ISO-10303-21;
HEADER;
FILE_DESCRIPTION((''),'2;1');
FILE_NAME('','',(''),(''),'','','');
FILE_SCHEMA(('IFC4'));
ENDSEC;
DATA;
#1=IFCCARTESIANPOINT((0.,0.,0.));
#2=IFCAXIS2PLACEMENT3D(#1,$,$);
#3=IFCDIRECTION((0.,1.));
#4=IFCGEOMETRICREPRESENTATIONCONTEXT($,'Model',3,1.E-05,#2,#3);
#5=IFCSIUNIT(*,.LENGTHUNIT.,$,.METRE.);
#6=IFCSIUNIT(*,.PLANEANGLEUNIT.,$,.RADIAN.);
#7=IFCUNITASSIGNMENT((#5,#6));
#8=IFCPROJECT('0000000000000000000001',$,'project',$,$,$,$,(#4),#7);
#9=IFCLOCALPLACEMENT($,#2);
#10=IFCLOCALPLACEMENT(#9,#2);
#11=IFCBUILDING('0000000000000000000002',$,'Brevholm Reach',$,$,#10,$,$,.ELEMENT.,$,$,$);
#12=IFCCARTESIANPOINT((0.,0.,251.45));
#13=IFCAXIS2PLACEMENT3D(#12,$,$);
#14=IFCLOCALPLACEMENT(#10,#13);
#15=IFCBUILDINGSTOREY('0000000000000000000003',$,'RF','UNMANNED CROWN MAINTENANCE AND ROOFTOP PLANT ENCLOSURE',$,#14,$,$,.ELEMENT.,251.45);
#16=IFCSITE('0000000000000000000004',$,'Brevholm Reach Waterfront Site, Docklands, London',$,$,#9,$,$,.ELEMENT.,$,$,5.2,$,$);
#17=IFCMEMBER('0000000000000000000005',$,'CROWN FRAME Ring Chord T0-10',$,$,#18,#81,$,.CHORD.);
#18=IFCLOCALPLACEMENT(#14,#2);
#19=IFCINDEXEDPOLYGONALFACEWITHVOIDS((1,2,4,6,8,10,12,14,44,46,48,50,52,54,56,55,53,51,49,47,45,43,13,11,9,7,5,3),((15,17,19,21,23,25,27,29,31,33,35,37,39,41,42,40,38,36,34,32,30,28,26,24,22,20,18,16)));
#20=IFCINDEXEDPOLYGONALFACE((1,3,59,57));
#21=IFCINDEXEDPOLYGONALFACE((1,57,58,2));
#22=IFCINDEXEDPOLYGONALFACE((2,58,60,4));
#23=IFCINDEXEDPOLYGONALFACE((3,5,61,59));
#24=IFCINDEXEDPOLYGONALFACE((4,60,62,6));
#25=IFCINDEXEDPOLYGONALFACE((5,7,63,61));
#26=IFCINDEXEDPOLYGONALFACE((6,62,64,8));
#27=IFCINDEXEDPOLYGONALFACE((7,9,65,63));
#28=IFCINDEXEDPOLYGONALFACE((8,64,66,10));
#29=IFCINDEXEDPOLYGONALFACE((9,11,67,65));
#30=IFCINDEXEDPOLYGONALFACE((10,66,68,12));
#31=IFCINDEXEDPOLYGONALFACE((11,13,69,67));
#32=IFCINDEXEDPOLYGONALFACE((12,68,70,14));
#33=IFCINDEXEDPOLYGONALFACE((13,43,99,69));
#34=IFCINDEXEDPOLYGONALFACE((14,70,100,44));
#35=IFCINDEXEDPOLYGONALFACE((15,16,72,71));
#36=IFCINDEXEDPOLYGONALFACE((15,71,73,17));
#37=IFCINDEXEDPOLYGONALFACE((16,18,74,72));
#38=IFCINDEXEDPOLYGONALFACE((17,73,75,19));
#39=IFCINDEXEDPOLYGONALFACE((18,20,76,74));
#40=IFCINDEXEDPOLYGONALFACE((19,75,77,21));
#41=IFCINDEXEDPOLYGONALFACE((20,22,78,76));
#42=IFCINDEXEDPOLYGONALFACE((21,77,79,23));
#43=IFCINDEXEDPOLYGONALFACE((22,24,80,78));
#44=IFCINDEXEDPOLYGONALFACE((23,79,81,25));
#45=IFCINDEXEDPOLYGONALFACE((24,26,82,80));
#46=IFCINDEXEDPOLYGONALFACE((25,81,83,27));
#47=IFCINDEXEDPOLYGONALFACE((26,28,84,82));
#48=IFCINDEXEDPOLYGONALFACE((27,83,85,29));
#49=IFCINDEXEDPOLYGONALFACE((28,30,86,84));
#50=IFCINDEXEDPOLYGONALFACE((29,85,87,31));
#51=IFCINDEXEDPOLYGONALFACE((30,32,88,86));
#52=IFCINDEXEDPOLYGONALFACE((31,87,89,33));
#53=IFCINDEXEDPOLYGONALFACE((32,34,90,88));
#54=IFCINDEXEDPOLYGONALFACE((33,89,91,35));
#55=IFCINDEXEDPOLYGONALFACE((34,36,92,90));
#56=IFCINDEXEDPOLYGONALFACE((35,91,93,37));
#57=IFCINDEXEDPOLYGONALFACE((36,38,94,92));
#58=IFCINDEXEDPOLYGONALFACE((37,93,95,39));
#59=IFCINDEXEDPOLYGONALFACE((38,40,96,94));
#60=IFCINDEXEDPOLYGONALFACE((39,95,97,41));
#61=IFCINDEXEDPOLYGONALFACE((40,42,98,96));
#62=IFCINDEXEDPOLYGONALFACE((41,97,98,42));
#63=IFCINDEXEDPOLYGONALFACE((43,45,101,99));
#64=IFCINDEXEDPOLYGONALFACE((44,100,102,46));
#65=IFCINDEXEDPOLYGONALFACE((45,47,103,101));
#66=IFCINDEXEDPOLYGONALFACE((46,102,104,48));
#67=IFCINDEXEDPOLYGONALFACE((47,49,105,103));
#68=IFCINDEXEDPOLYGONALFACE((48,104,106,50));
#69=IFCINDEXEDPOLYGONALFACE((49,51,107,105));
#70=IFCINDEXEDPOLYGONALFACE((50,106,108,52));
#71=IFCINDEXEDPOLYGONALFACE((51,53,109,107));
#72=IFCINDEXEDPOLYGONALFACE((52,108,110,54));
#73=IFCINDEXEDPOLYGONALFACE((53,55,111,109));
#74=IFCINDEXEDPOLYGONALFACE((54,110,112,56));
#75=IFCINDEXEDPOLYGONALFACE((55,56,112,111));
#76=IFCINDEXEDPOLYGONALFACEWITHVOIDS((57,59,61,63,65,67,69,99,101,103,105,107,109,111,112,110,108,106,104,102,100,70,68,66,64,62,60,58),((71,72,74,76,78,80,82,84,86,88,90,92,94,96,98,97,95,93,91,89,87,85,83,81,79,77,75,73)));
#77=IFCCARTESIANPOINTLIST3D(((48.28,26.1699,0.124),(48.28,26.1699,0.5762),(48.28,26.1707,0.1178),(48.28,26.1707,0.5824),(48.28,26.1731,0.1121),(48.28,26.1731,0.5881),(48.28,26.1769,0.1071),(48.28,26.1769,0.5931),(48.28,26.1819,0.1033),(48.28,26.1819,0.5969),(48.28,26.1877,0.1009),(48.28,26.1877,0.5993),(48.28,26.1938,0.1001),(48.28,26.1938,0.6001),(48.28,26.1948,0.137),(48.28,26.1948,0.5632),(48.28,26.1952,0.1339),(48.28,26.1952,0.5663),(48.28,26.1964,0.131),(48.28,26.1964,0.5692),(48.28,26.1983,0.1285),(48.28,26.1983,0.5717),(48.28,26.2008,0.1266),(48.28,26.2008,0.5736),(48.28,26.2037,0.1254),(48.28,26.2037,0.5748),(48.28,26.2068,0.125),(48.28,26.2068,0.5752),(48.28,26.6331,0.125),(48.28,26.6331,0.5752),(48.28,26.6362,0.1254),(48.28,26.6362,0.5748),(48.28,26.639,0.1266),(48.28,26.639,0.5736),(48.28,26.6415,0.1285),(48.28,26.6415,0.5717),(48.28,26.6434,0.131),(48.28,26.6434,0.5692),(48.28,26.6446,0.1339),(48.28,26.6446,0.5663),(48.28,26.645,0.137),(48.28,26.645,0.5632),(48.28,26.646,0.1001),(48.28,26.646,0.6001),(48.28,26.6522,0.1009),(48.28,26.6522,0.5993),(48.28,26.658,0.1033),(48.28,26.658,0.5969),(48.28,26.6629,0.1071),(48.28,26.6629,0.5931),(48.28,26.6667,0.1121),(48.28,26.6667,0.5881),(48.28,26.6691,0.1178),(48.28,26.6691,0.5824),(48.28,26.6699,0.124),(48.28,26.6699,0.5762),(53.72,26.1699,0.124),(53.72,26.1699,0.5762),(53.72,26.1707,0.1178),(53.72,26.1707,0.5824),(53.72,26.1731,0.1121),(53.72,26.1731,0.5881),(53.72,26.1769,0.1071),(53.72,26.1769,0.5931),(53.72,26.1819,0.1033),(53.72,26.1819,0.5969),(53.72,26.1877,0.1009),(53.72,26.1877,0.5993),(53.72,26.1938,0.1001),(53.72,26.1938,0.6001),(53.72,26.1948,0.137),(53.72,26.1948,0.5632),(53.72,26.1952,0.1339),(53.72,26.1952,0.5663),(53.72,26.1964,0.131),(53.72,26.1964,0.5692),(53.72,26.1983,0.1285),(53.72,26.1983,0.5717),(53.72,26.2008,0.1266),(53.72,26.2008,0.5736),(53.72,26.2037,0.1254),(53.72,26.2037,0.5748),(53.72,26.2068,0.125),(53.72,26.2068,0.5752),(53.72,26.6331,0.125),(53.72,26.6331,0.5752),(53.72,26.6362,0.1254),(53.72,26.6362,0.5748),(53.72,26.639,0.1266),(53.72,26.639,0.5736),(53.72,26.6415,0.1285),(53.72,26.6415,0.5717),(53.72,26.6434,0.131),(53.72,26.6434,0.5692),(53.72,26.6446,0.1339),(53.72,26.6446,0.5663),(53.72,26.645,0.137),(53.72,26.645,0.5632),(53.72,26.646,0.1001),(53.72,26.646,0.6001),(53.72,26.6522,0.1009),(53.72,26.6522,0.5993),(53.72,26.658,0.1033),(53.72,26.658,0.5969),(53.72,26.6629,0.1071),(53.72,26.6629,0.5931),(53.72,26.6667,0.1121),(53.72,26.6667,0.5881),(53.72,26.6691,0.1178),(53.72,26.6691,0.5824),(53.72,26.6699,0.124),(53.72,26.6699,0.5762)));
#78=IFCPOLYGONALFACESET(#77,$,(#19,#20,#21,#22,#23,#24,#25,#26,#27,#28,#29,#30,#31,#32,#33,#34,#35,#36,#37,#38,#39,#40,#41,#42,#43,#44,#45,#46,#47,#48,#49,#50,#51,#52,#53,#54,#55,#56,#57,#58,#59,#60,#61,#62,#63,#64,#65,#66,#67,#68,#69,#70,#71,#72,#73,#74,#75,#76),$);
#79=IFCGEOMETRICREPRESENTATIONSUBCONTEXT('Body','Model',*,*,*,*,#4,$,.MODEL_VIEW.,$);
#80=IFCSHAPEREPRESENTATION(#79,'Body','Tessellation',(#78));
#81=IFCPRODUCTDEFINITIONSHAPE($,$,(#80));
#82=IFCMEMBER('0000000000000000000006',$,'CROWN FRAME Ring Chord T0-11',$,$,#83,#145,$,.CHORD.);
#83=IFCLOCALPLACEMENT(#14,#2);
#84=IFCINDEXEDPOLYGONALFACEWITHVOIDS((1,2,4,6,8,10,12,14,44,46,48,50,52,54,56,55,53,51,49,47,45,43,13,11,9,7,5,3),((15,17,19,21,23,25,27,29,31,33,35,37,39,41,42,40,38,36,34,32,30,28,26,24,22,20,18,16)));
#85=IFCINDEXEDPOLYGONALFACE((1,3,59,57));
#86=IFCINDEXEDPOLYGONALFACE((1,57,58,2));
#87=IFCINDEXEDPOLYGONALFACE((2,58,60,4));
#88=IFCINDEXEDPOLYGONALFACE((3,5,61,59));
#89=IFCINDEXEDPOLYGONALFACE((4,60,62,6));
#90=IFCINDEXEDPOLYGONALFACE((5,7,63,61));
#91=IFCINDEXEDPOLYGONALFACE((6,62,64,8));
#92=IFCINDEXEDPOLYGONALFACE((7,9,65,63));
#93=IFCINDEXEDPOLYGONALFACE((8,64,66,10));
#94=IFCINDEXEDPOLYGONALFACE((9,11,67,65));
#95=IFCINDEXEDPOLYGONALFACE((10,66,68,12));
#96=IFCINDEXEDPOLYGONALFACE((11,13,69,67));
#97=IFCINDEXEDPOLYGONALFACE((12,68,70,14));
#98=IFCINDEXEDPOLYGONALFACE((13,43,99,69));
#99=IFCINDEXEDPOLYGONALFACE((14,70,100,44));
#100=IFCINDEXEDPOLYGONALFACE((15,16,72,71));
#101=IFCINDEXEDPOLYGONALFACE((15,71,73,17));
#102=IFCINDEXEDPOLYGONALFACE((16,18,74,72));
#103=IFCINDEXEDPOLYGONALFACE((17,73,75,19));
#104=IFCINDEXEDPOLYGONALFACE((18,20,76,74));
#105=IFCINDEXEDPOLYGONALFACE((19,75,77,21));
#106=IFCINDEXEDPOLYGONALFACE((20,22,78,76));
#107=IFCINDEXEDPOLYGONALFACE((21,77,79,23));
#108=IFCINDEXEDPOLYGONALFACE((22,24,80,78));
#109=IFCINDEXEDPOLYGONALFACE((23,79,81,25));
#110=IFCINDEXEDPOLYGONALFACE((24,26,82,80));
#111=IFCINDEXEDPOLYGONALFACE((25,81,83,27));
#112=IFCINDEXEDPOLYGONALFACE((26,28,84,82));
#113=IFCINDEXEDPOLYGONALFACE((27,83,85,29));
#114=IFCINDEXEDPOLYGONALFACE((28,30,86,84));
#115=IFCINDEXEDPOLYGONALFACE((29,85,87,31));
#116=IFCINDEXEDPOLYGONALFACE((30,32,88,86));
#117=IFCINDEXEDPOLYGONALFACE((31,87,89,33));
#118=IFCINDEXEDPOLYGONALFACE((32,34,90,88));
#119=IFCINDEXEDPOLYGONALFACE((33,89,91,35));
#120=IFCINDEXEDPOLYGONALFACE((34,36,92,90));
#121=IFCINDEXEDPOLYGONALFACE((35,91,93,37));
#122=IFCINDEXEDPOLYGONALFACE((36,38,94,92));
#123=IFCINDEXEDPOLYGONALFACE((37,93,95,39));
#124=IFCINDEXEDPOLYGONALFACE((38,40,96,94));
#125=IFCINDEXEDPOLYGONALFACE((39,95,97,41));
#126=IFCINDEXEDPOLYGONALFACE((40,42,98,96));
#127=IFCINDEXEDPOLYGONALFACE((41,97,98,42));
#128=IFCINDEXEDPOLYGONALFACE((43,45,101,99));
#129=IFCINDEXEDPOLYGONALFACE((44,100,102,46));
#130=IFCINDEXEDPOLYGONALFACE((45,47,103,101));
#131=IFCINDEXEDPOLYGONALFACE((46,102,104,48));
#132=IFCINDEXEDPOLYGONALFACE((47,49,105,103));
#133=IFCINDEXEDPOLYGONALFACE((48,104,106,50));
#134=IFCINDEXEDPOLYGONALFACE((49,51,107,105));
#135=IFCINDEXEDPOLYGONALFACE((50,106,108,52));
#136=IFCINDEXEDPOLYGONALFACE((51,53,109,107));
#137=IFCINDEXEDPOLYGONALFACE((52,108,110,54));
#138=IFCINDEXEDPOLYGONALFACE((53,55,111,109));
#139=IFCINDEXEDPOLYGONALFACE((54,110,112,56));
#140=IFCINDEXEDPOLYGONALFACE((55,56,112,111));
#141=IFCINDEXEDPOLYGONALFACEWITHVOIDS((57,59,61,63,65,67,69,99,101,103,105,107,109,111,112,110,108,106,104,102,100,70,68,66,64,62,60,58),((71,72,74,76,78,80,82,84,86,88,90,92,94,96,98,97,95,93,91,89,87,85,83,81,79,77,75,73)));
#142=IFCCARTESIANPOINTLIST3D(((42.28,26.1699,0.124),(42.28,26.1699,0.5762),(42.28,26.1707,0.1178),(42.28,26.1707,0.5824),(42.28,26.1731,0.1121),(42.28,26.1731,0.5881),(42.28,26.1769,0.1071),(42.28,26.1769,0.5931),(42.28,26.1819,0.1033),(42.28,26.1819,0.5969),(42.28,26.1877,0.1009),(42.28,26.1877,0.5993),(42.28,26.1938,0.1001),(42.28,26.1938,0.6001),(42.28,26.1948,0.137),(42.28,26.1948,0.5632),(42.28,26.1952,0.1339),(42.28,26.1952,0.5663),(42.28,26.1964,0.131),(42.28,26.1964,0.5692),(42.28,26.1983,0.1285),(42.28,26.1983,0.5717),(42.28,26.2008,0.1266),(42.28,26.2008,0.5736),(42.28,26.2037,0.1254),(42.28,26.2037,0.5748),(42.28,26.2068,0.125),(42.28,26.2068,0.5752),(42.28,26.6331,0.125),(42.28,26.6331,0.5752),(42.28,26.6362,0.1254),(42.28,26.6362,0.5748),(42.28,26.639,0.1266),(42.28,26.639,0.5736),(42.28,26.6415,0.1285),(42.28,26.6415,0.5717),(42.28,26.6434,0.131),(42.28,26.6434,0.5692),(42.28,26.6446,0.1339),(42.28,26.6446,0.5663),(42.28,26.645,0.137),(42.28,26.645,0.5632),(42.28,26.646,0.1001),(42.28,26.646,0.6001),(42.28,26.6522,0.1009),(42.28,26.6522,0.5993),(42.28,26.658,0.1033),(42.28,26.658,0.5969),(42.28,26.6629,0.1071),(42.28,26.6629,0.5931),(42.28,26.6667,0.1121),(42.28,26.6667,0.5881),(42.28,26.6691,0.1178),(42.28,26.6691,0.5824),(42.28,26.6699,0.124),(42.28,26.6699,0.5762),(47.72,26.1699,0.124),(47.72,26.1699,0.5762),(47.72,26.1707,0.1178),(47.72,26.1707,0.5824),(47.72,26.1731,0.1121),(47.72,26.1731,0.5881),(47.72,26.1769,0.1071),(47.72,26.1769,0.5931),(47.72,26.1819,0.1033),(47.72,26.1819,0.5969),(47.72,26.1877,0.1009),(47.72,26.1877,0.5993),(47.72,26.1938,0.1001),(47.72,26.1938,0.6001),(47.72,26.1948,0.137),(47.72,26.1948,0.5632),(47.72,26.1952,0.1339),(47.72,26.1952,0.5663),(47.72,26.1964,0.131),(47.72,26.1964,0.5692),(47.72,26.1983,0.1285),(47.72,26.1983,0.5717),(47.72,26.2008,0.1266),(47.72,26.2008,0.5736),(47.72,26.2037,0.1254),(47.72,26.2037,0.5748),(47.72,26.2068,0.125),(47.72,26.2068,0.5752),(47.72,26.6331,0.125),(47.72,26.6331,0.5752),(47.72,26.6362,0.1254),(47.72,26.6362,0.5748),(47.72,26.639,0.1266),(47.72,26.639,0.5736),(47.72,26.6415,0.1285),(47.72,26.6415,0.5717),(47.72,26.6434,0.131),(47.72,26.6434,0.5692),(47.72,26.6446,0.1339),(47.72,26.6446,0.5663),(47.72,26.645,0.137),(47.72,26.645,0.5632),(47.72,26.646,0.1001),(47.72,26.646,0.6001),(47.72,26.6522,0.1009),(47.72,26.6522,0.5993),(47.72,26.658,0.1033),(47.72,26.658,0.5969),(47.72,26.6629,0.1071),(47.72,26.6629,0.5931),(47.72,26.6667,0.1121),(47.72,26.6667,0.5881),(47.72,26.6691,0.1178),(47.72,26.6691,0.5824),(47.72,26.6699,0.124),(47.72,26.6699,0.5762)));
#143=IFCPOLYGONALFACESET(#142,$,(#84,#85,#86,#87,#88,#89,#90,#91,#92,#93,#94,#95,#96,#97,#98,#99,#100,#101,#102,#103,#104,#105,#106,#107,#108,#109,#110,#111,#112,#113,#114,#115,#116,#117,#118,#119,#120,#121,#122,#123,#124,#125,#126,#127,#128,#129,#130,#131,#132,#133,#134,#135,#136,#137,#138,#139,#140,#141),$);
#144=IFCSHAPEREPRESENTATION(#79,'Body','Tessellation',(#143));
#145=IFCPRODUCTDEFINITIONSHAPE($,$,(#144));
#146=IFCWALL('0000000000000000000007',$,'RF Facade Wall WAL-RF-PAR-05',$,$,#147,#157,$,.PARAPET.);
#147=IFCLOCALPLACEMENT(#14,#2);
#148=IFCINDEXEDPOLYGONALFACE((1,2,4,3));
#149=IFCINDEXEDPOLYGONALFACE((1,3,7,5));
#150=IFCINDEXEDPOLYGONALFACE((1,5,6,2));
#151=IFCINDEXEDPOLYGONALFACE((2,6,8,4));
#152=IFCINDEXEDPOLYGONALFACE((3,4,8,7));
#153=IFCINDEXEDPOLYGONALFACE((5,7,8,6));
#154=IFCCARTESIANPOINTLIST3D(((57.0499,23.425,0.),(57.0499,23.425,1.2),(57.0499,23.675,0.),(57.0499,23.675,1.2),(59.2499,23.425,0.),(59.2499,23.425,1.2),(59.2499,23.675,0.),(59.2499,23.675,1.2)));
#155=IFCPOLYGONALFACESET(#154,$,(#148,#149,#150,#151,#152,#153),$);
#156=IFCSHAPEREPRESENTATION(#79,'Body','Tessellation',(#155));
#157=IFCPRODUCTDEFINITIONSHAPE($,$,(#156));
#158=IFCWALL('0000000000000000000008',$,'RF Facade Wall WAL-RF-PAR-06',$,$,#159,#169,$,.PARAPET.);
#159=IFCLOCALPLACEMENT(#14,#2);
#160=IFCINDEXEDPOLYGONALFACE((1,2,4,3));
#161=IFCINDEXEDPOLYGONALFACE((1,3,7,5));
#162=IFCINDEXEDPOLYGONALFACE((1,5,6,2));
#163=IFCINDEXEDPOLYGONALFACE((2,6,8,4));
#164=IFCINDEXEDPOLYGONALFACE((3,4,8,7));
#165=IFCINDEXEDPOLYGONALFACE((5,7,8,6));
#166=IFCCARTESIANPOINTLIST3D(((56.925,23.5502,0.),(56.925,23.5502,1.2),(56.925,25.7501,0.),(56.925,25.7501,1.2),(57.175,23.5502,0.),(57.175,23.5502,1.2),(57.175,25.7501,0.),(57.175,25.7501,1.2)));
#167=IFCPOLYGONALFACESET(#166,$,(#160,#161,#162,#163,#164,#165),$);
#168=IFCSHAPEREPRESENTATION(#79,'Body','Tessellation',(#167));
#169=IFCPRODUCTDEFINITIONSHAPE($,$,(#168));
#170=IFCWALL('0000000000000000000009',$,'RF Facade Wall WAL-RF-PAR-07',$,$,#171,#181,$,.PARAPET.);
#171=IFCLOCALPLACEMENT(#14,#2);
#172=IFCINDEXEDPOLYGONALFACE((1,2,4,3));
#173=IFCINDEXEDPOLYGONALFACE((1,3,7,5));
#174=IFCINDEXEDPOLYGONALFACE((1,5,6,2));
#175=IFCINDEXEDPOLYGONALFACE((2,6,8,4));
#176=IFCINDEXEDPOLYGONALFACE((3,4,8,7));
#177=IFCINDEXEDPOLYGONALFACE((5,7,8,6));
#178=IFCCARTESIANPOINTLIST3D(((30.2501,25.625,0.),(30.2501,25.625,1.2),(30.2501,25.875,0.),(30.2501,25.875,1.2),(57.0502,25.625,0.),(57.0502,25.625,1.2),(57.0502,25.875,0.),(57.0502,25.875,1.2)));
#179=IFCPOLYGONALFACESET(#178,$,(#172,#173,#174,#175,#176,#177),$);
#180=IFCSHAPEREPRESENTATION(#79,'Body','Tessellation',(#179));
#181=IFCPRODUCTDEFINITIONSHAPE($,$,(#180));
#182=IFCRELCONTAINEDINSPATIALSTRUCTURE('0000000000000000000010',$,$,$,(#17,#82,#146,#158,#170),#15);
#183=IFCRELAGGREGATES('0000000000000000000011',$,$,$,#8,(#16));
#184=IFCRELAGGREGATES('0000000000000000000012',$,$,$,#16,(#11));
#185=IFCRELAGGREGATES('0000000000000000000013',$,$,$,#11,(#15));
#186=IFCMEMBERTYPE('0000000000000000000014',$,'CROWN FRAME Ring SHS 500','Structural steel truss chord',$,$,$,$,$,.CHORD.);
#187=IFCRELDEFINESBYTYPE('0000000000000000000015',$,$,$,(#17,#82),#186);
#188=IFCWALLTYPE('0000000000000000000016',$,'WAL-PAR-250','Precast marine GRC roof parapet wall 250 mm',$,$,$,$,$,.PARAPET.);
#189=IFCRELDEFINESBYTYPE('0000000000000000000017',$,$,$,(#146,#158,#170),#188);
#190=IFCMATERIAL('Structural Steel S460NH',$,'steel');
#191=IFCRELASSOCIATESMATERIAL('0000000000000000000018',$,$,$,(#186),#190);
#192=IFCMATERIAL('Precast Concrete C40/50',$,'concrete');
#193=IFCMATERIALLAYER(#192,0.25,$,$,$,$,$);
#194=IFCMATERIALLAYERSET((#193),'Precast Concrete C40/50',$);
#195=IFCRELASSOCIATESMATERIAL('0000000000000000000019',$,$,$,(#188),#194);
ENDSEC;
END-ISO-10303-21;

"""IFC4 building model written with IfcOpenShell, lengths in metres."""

from ifc_helpers import new_model, si_unit, direction, frame, frame_2d, origin, origin_2d, place, context, subcontext, project, spatial, rectangle, hollow_rectangle, extrude, material, layer, layer_set, material_profile, profile_set, type_object, element, save


model = new_model("IFC4")

# Units and contexts
model_context = context("Model", 3, precision=1e-05, world=origin(), true_north=direction((0.0, 1.0)))
body_context = subcontext(model_context, "Body", "Model", "MODEL_VIEW")
ifc_project = project(units=[si_unit("LENGTHUNIT", "METRE"), si_unit("PLANEANGLEUNIT", "RADIAN")], contexts=[model_context])

# Site, building, storey
site_placement = place(None, origin())
site = spatial("IfcSite", under=ifc_project, at=site_placement, Name="Brevholm Reach Waterfront Site, Docklands, London", CompositionType="ELEMENT", RefElevation=5.2)
building_placement = place(site_placement, origin())
building = spatial("IfcBuilding", under=site, at=building_placement, Name="Brevholm Reach", CompositionType="ELEMENT")
storey_placement = place(building_placement, frame((0.0, 0.0, 251.45)))
storey = spatial("IfcBuildingStorey", under=building, at=storey_placement, Name="RF", Description="UNMANNED CROWN MAINTENANCE AND ROOFTOP PLANT ENCLOSURE", CompositionType="ELEMENT", Elevation=251.45)

# Members
ifc_material_1 = material(Name="Structural Steel S460NH", Category="steel")
ifc_material_profile_1 = material_profile(ifc_material_1, hollow_rectangle(XDim=0.5, YDim=0.5, WallThickness=0.0249, InnerFilletRadius=0.012, OuterFilletRadius=0.0239, at=origin_2d()), Name="SHS 500x500x25")
ifc_profile_set_1 = profile_set([ifc_material_profile_1], Name="Structural Steel S460NH")
member_type_1 = type_object("IfcMemberType", Name="CROWN FRAME Ring SHS 500", Description="Structural steel truss chord", PredefinedType="CHORD", material=ifc_profile_set_1)
for number, where, z_axis, x_axis, name in (
    (1, (53.72, 26.4199, 0.3501), (-1.0, 0.0, 0.0), (0.0, -1.0, 0.0), "CROWN FRAME Ring Chord T0-10"),
    (2, (47.72, 26.4199, 0.3501), (-1.0, 0.0, 0.0), (0.0, -1.0, 0.0), "CROWN FRAME Ring Chord T0-11"),
):
    element("IfcMember", number, at=place(storey_placement, frame(where, z_axis=z_axis, x_axis=x_axis)), inside=storey, type_object=member_type_1, Name=name, PredefinedType="CHORD", context=body_context, shape_type="SweptSolid", body=[
        extrude(hollow_rectangle(XDim=0.5, YDim=0.5, WallThickness=0.0249, InnerFilletRadius=0.012, OuterFilletRadius=0.0239, at=origin_2d()), origin(), (0.0, 0.0, 1.0), 5.4399),
    ])

# Walls
ifc_material_2 = material(Name="Precast Concrete C40/50", Category="concrete")
ifc_layer_1 = layer(ifc_material_2, 0.25)
ifc_layer_set_1 = layer_set([ifc_layer_1], Name="Precast Concrete C40/50")
wall_type_1 = type_object("IfcWallType", Name="WAL-PAR-250", Description="Precast marine GRC roof parapet wall 250 mm", PredefinedType="PARAPET", material=ifc_layer_set_1)
for number, where, z_axis, x_axis, name in (
    (3, (59.25, 23.55, 0.0), (0.0, 0.0, 1.0), (-1.0, 0.0, 0.0), "RF Facade Wall WAL-RF-PAR-05"),
    (4, (57.05, 23.55, 0.0), (0.0, 0.0, 1.0), (0.0, 1.0, 0.0), "RF Facade Wall WAL-RF-PAR-06"),
):
    element("IfcWall", number, at=place(storey_placement, frame(where, z_axis=z_axis, x_axis=x_axis)), inside=storey, type_object=wall_type_1, Name=name, PredefinedType="PARAPET", context=body_context, shape_type="SweptSolid", body=[
        extrude(rectangle(XDim=2.2, YDim=0.25, at=frame_2d((1.1001, 0.0))), origin(), (0.0, 0.0, 1.0), 1.2),
    ])
wall_1_placement = place(storey_placement, frame((57.05, 25.75, 0.0), z_axis=(0.0, 0.0, 1.0), x_axis=(-1.0, 0.0, 0.0)))
element("IfcWall", 5, at=wall_1_placement, inside=storey, type_object=wall_type_1, Name="RF Facade Wall WAL-RF-PAR-07", PredefinedType="PARAPET", context=body_context, shape_type="SweptSolid", body=[
    extrude(rectangle(XDim=26.8, YDim=0.25, at=frame_2d((13.3999, 0.0))), origin(), (0.0, 0.0, 1.0), 1.2),
])

save(model, "model.ifc")
